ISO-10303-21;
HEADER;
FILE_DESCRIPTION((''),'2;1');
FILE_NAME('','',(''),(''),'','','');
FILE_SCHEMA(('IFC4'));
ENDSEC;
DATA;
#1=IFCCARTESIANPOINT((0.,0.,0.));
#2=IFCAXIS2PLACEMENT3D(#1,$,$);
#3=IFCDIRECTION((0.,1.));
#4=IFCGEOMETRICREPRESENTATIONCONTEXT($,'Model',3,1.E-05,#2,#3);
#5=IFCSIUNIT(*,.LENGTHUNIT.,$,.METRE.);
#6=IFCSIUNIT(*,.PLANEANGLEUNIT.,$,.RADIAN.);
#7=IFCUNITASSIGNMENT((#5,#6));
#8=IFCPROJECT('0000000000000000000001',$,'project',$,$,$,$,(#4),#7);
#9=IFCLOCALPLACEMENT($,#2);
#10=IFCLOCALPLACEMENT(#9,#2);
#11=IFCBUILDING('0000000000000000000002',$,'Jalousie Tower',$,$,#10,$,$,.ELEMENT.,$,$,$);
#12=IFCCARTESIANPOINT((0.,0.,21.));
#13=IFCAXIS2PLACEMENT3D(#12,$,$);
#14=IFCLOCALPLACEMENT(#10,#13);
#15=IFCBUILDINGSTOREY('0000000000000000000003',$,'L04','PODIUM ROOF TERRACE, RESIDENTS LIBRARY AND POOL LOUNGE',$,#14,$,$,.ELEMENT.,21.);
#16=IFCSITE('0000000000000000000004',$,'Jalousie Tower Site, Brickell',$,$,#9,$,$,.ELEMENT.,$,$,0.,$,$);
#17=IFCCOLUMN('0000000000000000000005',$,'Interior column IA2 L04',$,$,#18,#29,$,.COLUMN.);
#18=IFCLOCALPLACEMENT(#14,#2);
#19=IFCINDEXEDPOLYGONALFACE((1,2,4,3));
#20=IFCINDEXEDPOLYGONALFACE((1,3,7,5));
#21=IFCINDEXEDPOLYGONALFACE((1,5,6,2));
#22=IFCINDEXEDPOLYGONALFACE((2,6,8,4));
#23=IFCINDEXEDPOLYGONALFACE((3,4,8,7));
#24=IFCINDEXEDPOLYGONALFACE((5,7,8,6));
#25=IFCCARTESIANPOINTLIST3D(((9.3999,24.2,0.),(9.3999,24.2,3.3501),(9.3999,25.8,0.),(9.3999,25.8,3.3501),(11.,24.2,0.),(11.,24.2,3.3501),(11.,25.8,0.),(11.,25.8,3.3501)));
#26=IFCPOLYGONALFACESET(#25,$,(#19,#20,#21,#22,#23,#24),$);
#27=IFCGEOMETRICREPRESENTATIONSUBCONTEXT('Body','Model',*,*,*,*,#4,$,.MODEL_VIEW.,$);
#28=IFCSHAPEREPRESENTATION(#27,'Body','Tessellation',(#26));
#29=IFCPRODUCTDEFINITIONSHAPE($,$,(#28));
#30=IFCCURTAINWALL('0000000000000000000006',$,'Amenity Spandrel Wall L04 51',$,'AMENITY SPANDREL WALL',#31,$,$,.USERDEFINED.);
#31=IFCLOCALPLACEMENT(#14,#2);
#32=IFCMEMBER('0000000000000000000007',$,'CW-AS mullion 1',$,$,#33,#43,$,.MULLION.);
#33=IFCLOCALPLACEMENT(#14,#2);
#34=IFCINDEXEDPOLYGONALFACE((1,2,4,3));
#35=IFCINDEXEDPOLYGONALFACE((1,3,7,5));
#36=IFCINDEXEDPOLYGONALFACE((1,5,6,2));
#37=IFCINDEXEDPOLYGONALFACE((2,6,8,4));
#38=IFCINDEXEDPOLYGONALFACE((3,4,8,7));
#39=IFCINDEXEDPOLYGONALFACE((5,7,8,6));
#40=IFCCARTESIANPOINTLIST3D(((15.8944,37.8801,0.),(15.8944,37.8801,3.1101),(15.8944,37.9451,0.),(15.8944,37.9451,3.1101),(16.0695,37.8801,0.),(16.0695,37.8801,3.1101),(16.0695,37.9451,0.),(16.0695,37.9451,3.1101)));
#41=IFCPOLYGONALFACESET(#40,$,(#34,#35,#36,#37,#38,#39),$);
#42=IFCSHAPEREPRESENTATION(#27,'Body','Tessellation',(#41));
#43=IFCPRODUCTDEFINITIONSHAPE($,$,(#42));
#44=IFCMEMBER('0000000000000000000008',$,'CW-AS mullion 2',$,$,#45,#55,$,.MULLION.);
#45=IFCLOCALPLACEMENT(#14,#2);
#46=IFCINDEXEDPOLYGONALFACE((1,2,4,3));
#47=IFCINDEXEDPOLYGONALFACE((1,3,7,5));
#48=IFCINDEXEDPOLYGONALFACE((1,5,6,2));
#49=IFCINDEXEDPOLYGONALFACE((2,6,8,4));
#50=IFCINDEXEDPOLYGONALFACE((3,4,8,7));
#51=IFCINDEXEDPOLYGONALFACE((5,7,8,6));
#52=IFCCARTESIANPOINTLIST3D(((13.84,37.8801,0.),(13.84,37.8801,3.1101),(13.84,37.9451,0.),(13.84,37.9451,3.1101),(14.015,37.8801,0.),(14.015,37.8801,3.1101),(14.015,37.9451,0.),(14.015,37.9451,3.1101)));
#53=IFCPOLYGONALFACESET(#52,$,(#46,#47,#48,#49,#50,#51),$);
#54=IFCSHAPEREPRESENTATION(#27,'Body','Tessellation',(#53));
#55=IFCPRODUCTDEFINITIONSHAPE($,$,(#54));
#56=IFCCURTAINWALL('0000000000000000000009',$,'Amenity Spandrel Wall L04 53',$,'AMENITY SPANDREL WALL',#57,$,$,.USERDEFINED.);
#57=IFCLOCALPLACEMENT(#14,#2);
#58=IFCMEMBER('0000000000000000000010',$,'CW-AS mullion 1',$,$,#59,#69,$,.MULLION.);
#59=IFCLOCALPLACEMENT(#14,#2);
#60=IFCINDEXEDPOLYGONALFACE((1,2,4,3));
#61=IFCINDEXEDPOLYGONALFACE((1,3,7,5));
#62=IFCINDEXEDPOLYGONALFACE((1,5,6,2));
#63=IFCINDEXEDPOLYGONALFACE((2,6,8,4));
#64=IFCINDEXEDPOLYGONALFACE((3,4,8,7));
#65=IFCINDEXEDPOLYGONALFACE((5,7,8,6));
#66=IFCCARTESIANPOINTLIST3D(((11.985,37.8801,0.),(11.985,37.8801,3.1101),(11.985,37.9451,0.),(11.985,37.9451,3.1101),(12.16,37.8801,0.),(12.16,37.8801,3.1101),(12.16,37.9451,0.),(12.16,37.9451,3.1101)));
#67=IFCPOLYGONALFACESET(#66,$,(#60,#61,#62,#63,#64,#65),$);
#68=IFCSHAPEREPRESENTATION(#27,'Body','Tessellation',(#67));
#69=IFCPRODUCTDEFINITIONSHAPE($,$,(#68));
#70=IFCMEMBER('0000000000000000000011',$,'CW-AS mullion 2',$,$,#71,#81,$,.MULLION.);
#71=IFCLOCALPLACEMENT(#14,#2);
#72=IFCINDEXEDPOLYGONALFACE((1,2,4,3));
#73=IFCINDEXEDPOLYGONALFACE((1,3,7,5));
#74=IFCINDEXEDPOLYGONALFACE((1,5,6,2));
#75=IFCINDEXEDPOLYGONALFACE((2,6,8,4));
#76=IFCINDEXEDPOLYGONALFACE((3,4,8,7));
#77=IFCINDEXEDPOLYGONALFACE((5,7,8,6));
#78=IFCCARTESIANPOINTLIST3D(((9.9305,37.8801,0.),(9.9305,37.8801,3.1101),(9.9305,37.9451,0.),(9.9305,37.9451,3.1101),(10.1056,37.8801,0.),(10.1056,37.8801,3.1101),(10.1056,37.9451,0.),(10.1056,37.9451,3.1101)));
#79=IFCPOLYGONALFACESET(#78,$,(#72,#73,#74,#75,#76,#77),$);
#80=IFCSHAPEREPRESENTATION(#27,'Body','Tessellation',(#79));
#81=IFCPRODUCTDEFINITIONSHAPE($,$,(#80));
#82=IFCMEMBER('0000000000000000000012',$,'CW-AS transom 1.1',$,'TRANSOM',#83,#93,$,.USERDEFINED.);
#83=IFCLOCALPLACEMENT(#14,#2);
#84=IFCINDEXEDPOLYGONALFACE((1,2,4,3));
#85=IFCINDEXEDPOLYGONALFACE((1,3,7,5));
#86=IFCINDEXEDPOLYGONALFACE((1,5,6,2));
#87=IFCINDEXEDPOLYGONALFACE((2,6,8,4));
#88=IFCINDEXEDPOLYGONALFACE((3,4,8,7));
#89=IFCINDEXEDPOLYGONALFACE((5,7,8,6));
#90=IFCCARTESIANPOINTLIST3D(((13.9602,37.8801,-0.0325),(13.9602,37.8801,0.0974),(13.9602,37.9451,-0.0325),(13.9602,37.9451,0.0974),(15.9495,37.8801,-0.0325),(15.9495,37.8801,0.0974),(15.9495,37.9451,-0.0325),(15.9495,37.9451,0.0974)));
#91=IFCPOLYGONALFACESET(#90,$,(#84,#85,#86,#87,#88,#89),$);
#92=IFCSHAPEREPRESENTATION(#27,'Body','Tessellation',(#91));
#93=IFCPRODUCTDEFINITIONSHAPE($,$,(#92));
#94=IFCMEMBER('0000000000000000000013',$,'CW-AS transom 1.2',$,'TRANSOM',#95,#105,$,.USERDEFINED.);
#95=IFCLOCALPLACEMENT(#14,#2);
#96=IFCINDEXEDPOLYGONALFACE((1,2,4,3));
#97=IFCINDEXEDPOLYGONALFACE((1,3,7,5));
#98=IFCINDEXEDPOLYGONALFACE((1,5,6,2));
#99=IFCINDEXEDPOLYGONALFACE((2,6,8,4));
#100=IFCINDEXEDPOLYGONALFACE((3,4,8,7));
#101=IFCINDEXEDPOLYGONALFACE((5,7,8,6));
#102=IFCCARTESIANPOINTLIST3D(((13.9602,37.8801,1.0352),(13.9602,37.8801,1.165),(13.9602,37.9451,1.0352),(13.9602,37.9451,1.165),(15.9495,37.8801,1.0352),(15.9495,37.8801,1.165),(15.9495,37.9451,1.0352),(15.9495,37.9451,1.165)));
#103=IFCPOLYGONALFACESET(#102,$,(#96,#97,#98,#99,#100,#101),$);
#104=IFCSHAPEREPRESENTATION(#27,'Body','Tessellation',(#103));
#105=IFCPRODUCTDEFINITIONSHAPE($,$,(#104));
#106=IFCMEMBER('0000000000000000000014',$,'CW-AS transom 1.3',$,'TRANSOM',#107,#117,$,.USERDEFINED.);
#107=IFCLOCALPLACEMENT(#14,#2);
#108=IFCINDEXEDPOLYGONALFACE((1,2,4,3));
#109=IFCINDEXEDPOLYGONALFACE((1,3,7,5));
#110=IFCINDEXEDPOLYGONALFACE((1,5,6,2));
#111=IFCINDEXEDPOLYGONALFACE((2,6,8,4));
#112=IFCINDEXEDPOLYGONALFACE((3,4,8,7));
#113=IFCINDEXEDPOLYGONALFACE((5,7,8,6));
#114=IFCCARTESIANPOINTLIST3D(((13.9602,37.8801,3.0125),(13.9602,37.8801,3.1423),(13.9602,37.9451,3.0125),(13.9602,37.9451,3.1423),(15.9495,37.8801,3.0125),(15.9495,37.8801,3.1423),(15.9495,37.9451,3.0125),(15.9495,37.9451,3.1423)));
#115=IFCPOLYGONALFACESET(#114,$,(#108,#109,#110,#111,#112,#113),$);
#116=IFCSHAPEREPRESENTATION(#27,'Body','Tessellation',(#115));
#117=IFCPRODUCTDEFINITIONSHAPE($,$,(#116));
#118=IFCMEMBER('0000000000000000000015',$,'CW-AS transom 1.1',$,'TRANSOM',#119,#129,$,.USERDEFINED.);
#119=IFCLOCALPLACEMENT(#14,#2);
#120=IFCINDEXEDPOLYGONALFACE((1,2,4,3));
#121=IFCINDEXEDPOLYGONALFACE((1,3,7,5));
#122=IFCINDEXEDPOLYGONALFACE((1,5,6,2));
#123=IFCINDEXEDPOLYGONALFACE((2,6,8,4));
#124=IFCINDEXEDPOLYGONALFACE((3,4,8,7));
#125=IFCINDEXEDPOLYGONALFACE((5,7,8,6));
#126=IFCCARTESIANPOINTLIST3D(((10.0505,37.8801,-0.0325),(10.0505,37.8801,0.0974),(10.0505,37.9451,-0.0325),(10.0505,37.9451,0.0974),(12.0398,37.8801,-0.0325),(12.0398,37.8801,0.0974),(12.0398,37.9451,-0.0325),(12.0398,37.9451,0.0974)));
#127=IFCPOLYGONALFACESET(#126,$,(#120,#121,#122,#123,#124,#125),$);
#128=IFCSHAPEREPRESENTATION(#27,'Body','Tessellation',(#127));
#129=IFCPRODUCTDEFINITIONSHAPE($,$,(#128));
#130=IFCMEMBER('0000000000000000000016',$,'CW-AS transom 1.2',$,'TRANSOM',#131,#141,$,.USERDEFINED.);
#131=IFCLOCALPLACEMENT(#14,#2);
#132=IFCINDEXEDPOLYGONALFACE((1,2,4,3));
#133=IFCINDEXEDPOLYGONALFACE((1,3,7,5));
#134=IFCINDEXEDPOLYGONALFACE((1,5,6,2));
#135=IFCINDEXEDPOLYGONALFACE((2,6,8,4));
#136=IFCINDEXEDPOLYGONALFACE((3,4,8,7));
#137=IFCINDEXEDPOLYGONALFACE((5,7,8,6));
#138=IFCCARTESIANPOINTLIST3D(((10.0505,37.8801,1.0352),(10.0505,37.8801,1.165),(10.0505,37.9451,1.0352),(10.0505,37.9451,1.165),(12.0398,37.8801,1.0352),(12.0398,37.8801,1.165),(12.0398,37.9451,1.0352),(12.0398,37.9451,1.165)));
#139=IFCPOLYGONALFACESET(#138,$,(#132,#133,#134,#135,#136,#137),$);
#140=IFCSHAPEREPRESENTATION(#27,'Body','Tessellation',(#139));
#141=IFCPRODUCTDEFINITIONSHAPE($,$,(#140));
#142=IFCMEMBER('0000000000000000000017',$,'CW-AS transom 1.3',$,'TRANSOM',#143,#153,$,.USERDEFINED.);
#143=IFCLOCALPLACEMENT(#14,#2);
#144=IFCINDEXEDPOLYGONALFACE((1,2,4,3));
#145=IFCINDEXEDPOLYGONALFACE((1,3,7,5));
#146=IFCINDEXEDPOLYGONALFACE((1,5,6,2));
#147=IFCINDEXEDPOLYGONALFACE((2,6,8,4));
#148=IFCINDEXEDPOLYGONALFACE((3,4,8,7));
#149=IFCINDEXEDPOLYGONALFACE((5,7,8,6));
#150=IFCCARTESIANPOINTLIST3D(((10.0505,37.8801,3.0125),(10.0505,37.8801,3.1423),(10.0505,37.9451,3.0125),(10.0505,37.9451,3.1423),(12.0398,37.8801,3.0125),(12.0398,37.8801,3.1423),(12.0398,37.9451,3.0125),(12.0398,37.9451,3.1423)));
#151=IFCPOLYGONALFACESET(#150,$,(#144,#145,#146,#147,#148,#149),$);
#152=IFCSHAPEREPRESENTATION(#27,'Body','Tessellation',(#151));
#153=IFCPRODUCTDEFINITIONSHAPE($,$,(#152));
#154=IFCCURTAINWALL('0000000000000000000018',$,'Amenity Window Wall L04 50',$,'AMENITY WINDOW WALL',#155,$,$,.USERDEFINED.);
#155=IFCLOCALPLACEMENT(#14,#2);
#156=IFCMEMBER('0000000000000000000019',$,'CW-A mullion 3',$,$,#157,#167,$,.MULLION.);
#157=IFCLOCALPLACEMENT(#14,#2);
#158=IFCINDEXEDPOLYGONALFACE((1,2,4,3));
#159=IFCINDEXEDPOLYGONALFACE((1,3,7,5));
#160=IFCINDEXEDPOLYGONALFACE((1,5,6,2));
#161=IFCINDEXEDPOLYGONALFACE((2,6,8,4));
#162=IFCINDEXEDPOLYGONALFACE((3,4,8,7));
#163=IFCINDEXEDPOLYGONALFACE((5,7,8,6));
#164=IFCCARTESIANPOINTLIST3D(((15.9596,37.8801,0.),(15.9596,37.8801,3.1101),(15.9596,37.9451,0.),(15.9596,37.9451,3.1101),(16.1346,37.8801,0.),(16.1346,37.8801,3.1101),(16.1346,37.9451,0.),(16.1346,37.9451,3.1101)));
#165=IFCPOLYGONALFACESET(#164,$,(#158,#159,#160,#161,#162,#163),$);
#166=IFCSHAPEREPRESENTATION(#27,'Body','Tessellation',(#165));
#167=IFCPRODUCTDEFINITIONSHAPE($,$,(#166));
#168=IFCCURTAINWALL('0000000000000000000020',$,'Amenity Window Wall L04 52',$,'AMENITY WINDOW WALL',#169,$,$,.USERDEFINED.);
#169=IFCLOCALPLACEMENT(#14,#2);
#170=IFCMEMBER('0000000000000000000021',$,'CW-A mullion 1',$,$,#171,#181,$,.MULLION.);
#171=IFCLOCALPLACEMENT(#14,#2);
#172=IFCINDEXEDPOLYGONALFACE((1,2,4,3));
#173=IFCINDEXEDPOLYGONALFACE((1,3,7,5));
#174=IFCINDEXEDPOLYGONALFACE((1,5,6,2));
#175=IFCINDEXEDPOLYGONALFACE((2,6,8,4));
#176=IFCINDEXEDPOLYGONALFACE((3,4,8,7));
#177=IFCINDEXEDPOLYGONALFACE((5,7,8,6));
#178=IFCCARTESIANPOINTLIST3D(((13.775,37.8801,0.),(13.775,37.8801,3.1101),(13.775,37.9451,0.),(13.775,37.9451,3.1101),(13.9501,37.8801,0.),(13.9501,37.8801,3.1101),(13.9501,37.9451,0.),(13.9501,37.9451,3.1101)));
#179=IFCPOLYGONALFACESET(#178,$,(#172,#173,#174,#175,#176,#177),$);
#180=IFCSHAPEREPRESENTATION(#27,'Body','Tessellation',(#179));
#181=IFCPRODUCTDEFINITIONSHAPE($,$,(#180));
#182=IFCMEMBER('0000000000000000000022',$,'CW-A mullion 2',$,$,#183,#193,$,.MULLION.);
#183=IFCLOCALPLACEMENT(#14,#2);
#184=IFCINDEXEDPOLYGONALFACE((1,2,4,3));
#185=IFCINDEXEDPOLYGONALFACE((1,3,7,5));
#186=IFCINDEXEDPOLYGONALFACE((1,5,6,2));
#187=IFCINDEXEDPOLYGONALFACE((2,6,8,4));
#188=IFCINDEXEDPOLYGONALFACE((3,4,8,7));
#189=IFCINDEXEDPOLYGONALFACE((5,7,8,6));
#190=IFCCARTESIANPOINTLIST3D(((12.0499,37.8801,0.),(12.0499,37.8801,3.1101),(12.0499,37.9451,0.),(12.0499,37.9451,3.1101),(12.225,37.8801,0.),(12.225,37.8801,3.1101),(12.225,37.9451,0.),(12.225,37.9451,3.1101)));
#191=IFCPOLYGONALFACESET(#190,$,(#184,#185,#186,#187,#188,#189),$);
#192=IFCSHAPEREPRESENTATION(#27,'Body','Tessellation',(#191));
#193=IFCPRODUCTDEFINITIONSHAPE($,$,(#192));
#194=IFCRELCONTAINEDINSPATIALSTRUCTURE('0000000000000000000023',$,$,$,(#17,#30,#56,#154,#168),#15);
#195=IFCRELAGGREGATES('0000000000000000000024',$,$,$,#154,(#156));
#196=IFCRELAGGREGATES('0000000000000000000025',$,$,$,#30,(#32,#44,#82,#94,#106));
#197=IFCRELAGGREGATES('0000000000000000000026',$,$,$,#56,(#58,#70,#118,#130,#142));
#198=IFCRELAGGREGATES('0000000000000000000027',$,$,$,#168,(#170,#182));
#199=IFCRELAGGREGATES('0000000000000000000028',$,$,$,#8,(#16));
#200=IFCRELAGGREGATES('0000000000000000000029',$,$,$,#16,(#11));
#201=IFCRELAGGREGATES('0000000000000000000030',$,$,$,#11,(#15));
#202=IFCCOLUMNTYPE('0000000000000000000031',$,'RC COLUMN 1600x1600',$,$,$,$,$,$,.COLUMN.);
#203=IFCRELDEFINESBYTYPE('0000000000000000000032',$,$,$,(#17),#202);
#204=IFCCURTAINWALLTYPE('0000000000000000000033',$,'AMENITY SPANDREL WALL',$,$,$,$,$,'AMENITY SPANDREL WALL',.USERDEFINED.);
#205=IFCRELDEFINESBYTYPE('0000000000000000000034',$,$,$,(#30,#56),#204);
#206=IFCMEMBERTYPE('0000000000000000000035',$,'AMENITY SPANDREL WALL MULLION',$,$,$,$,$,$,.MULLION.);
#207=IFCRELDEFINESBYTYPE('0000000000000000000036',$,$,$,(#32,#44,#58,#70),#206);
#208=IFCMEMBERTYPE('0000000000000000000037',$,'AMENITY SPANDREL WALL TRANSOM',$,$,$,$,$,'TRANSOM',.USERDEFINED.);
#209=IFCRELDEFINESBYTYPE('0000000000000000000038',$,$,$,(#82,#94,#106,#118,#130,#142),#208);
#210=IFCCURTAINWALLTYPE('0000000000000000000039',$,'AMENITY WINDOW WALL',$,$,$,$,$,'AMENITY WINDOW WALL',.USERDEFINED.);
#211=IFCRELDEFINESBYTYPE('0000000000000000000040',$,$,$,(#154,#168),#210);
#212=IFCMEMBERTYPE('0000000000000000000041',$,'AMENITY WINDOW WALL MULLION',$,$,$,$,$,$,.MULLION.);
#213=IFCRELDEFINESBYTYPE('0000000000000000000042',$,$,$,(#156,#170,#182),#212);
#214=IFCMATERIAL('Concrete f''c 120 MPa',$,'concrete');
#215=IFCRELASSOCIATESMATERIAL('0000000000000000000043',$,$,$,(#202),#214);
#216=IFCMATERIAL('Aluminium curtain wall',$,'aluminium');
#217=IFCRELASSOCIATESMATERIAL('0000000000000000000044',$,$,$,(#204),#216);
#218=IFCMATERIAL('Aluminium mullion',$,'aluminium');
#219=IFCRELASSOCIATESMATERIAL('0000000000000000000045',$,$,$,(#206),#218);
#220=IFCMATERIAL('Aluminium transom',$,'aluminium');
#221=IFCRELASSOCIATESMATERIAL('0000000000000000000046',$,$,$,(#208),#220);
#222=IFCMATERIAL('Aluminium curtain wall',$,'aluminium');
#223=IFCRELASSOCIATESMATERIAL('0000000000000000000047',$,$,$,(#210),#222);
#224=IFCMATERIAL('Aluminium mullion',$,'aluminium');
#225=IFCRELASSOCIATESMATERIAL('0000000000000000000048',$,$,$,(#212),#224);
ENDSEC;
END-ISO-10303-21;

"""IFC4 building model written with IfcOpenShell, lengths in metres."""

from ifc_helpers import new_model, si_unit, direction, frame, origin, origin_2d, place, context, subcontext, project, spatial, rectangle, extrude, material, material_profile, profile_set, type_object, element, aggregate, save


model = new_model("IFC4")

# Units and contexts
model_context = context("Model", 3, precision=1e-05, world=origin(), true_north=direction((0.0, 1.0)))
body_context = subcontext(model_context, "Body", "Model", "MODEL_VIEW")
ifc_project = project(units=[si_unit("LENGTHUNIT", "METRE"), si_unit("PLANEANGLEUNIT", "RADIAN")], contexts=[model_context])

# Site, building, storey
site_placement = place(None, origin())
site = spatial("IfcSite", under=ifc_project, at=site_placement, Name="Jalousie Tower Site, Brickell", CompositionType="ELEMENT", RefElevation=0.0)
building_placement = place(site_placement, origin())
building = spatial("IfcBuilding", under=site, at=building_placement, Name="Jalousie Tower", CompositionType="ELEMENT")
storey_placement = place(building_placement, frame((0.0, 0.0, 21.0)))
storey = spatial("IfcBuildingStorey", under=building, at=storey_placement, Name="L04", Description="PODIUM ROOF TERRACE, RESIDENTS LIBRARY AND POOL LOUNGE", CompositionType="ELEMENT", Elevation=21.0)

# Column
ifc_material_1 = material(Name="Concrete f'c 120 MPa", Category="concrete")
ifc_material_profile_1 = material_profile(ifc_material_1, rectangle(XDim=1.6001, YDim=1.6001, at=origin_2d()), Name="RC 1600x1600")
ifc_profile_set_1 = profile_set([ifc_material_profile_1], Name="Concrete f'c 120 MPa")
column_type = type_object("IfcColumnType", Name="RC COLUMN 1600x1600", PredefinedType="COLUMN", material=ifc_profile_set_1)
column_placement = place(storey_placement, frame((10.2, 25.0, 0.0), z_axis=(0.0, 0.0, 1.0), x_axis=(1.0, 0.0, 0.0)))
element("IfcColumn", 1, at=column_placement, inside=storey, type_object=column_type, Name="Interior column IA2 L04", PredefinedType="COLUMN", context=body_context, shape_type="SweptSolid", body=[
    extrude(rectangle(XDim=1.6001, YDim=1.6001, at=origin_2d()), origin(), (0.0, 0.0, 1.0), 3.3501),
])

# Curtain walls, members
ifc_material_2 = material(Name="Aluminium curtain wall", Category="aluminium")
curtain_wall_type_1 = type_object("IfcCurtainWallType", Name="AMENITY SPANDREL WALL", ElementType="AMENITY SPANDREL WALL", PredefinedType="USERDEFINED", material=ifc_material_2)
curtain_wall_1_placement = place(storey_placement, origin())
curtain_wall_1 = element("IfcCurtainWall", 2, at=curtain_wall_1_placement, inside=storey, type_object=curtain_wall_type_1, Name="Amenity Spandrel Wall L04 51", ObjectType="AMENITY SPANDREL WALL", PredefinedType="USERDEFINED")
ifc_material_3 = material(Name="Aluminium mullion", Category="aluminium")
ifc_material_profile_2 = material_profile(ifc_material_3, rectangle(XDim=0.0649, YDim=0.175, at=origin_2d()), Name="MULLION 65x175")
ifc_profile_set_2 = profile_set([ifc_material_profile_2], Name="Aluminium mullion")
member_type_1 = type_object("IfcMemberType", Name="AMENITY SPANDREL WALL MULLION", PredefinedType="MULLION", material=ifc_profile_set_2)
member_1_placement = place(storey_placement, frame((15.9819, 37.9126, 0.0), z_axis=(0.0, 0.0, 1.0), x_axis=(0.0, -1.0, 0.0)))
member_1 = element("IfcMember", 3, at=member_1_placement, type_object=member_type_1, Name="CW-AS mullion 1", PredefinedType="MULLION", context=body_context, shape_type="SweptSolid", body=[
    extrude(rectangle(XDim=0.0649, YDim=0.175, at=origin_2d()), origin(), (0.0, 0.0, 1.0), 3.1101),
])
member_2_placement = place(storey_placement, frame((13.9275, 37.9126, 0.0), z_axis=(0.0, 0.0, 1.0), x_axis=(0.0, -1.0, 0.0)))
member_2 = element("IfcMember", 4, at=member_2_placement, type_object=member_type_1, Name="CW-AS mullion 2", PredefinedType="MULLION", context=body_context, shape_type="SweptSolid", body=[
    extrude(rectangle(XDim=0.0649, YDim=0.175, at=origin_2d()), origin(), (0.0, 0.0, 1.0), 3.1101),
])
curtain_wall_2_placement = place(storey_placement, origin())
curtain_wall_2 = element("IfcCurtainWall", 5, at=curtain_wall_2_placement, inside=storey, type_object=curtain_wall_type_1, Name="Amenity Spandrel Wall L04 53", ObjectType="AMENITY SPANDREL WALL", PredefinedType="USERDEFINED")
member_3_placement = place(storey_placement, frame((12.0725, 37.9126, 0.0), z_axis=(0.0, 0.0, 1.0), x_axis=(0.0, -1.0, 0.0)))
member_3 = element("IfcMember", 6, at=member_3_placement, type_object=member_type_1, Name="CW-AS mullion 1", PredefinedType="MULLION", context=body_context, shape_type="SweptSolid", body=[
    extrude(rectangle(XDim=0.0649, YDim=0.175, at=origin_2d()), origin(), (0.0, 0.0, 1.0), 3.1101),
])
member_4_placement = place(storey_placement, frame((10.0181, 37.9126, 0.0), z_axis=(0.0, 0.0, 1.0), x_axis=(0.0, -1.0, 0.0)))
member_4 = element("IfcMember", 7, at=member_4_placement, type_object=member_type_1, Name="CW-AS mullion 2", PredefinedType="MULLION", context=body_context, shape_type="SweptSolid", body=[
    extrude(rectangle(XDim=0.0649, YDim=0.175, at=origin_2d()), origin(), (0.0, 0.0, 1.0), 3.1101),
])

# Members
ifc_material_4 = material(Name="Aluminium transom", Category="aluminium")
ifc_material_profile_3 = material_profile(ifc_material_4, rectangle(XDim=0.0649, YDim=0.1299, at=origin_2d()), Name="TRANSOM 65x130")
ifc_profile_set_3 = profile_set([ifc_material_profile_3], Name="Aluminium transom")
member_type_2 = type_object("IfcMemberType", Name="AMENITY SPANDREL WALL TRANSOM", ElementType="TRANSOM", PredefinedType="USERDEFINED", material=ifc_profile_set_3)
member_5_placement = place(storey_placement, frame((15.9495, 37.9126, 0.0325), z_axis=(-1.0, 0.0, 0.0), x_axis=(0.0, -1.0, 0.0)))
member_5 = element("IfcMember", 8, at=member_5_placement, type_object=member_type_2, Name="CW-AS transom 1.1", ObjectType="TRANSOM", PredefinedType="USERDEFINED", context=body_context, shape_type="SweptSolid", body=[
    extrude(rectangle(XDim=0.0649, YDim=0.1299, at=origin_2d()), origin(), (0.0, 0.0, 1.0), 1.9893),
])
member_6_placement = place(storey_placement, frame((15.9495, 37.9126, 1.1001), z_axis=(-1.0, 0.0, 0.0), x_axis=(0.0, -1.0, 0.0)))
member_6 = element("IfcMember", 9, at=member_6_placement, type_object=member_type_2, Name="CW-AS transom 1.2", ObjectType="TRANSOM", PredefinedType="USERDEFINED", context=body_context, shape_type="SweptSolid", body=[
    extrude(rectangle(XDim=0.0649, YDim=0.1299, at=origin_2d()), origin(), (0.0, 0.0, 1.0), 1.9893),
])
member_7_placement = place(storey_placement, frame((15.9495, 37.9126, 3.0774), z_axis=(-1.0, 0.0, 0.0), x_axis=(0.0, -1.0, 0.0)))
member_7 = element("IfcMember", 10, at=member_7_placement, type_object=member_type_2, Name="CW-AS transom 1.3", ObjectType="TRANSOM", PredefinedType="USERDEFINED", context=body_context, shape_type="SweptSolid", body=[
    extrude(rectangle(XDim=0.0649, YDim=0.1299, at=origin_2d()), origin(), (0.0, 0.0, 1.0), 1.9893),
])
member_8_placement = place(storey_placement, frame((12.0398, 37.9126, 0.0325), z_axis=(-1.0, 0.0, 0.0), x_axis=(0.0, -1.0, 0.0)))
member_8 = element("IfcMember", 11, at=member_8_placement, type_object=member_type_2, Name="CW-AS transom 1.1", ObjectType="TRANSOM", PredefinedType="USERDEFINED", context=body_context, shape_type="SweptSolid", body=[
    extrude(rectangle(XDim=0.0649, YDim=0.1299, at=origin_2d()), origin(), (0.0, 0.0, 1.0), 1.9893),
])
member_9_placement = place(storey_placement, frame((12.0398, 37.9126, 1.1001), z_axis=(-1.0, 0.0, 0.0), x_axis=(0.0, -1.0, 0.0)))
member_9 = element("IfcMember", 12, at=member_9_placement, type_object=member_type_2, Name="CW-AS transom 1.2", ObjectType="TRANSOM", PredefinedType="USERDEFINED", context=body_context, shape_type="SweptSolid", body=[
    extrude(rectangle(XDim=0.0649, YDim=0.1299, at=origin_2d()), origin(), (0.0, 0.0, 1.0), 1.9893),
])
member_10_placement = place(storey_placement, frame((12.0398, 37.9126, 3.0774), z_axis=(-1.0, 0.0, 0.0), x_axis=(0.0, -1.0, 0.0)))
member_10 = element("IfcMember", 13, at=member_10_placement, type_object=member_type_2, Name="CW-AS transom 1.3", ObjectType="TRANSOM", PredefinedType="USERDEFINED", context=body_context, shape_type="SweptSolid", body=[
    extrude(rectangle(XDim=0.0649, YDim=0.1299, at=origin_2d()), origin(), (0.0, 0.0, 1.0), 1.9893),
])

# Curtain wall, member
ifc_material_5 = material(Name="Aluminium curtain wall", Category="aluminium")
curtain_wall_type_2 = type_object("IfcCurtainWallType", Name="AMENITY WINDOW WALL", ElementType="AMENITY WINDOW WALL", PredefinedType="USERDEFINED", material=ifc_material_5)
curtain_wall_3_placement = place(storey_placement, origin())
curtain_wall_3 = element("IfcCurtainWall", 14, at=curtain_wall_3_placement, inside=storey, type_object=curtain_wall_type_2, Name="Amenity Window Wall L04 50", ObjectType="AMENITY WINDOW WALL", PredefinedType="USERDEFINED")
ifc_material_6 = material(Name="Aluminium mullion", Category="aluminium")
ifc_material_profile_4 = material_profile(ifc_material_6, rectangle(XDim=0.0649, YDim=0.175, at=origin_2d()), Name="MULLION 65x175")
ifc_profile_set_4 = profile_set([ifc_material_profile_4], Name="Aluminium mullion")
member_type_3 = type_object("IfcMemberType", Name="AMENITY WINDOW WALL MULLION", PredefinedType="MULLION", material=ifc_profile_set_4)
member_11_placement = place(storey_placement, frame((16.0471, 37.9126, 0.0), z_axis=(0.0, 0.0, 1.0), x_axis=(0.0, -1.0, 0.0)))
member_11 = element("IfcMember", 15, at=member_11_placement, type_object=member_type_3, Name="CW-A mullion 3", PredefinedType="MULLION", context=body_context, shape_type="SweptSolid", body=[
    extrude(rectangle(XDim=0.0649, YDim=0.175, at=origin_2d()), origin(), (0.0, 0.0, 1.0), 3.1101),
])
aggregate(curtain_wall_3, [member_11])

# Curtain wall, members
curtain_wall_4_placement = place(storey_placement, origin())
curtain_wall_4 = element("IfcCurtainWall", 16, at=curtain_wall_4_placement, inside=storey, type_object=curtain_wall_type_2, Name="Amenity Window Wall L04 52", ObjectType="AMENITY WINDOW WALL", PredefinedType="USERDEFINED")
member_12_placement = place(storey_placement, frame((13.8625, 37.9126, 0.0), z_axis=(0.0, 0.0, 1.0), x_axis=(0.0, -1.0, 0.0)))
member_12 = element("IfcMember", 17, at=member_12_placement, type_object=member_type_3, Name="CW-A mullion 1", PredefinedType="MULLION", context=body_context, shape_type="SweptSolid", body=[
    extrude(rectangle(XDim=0.0649, YDim=0.175, at=origin_2d()), origin(), (0.0, 0.0, 1.0), 3.1101),
])
member_13_placement = place(storey_placement, frame((12.1375, 37.9126, 0.0), z_axis=(0.0, 0.0, 1.0), x_axis=(0.0, -1.0, 0.0)))
member_13 = element("IfcMember", 18, at=member_13_placement, type_object=member_type_3, Name="CW-A mullion 2", PredefinedType="MULLION", context=body_context, shape_type="SweptSolid", body=[
    extrude(rectangle(XDim=0.0649, YDim=0.175, at=origin_2d()), origin(), (0.0, 0.0, 1.0), 3.1101),
])

aggregate(curtain_wall_1, [member_1, member_2, member_5, member_6, member_7])
aggregate(curtain_wall_2, [member_3, member_4, member_8, member_9, member_10])
aggregate(curtain_wall_4, [member_12, member_13])

save(model, "model.ifc")
